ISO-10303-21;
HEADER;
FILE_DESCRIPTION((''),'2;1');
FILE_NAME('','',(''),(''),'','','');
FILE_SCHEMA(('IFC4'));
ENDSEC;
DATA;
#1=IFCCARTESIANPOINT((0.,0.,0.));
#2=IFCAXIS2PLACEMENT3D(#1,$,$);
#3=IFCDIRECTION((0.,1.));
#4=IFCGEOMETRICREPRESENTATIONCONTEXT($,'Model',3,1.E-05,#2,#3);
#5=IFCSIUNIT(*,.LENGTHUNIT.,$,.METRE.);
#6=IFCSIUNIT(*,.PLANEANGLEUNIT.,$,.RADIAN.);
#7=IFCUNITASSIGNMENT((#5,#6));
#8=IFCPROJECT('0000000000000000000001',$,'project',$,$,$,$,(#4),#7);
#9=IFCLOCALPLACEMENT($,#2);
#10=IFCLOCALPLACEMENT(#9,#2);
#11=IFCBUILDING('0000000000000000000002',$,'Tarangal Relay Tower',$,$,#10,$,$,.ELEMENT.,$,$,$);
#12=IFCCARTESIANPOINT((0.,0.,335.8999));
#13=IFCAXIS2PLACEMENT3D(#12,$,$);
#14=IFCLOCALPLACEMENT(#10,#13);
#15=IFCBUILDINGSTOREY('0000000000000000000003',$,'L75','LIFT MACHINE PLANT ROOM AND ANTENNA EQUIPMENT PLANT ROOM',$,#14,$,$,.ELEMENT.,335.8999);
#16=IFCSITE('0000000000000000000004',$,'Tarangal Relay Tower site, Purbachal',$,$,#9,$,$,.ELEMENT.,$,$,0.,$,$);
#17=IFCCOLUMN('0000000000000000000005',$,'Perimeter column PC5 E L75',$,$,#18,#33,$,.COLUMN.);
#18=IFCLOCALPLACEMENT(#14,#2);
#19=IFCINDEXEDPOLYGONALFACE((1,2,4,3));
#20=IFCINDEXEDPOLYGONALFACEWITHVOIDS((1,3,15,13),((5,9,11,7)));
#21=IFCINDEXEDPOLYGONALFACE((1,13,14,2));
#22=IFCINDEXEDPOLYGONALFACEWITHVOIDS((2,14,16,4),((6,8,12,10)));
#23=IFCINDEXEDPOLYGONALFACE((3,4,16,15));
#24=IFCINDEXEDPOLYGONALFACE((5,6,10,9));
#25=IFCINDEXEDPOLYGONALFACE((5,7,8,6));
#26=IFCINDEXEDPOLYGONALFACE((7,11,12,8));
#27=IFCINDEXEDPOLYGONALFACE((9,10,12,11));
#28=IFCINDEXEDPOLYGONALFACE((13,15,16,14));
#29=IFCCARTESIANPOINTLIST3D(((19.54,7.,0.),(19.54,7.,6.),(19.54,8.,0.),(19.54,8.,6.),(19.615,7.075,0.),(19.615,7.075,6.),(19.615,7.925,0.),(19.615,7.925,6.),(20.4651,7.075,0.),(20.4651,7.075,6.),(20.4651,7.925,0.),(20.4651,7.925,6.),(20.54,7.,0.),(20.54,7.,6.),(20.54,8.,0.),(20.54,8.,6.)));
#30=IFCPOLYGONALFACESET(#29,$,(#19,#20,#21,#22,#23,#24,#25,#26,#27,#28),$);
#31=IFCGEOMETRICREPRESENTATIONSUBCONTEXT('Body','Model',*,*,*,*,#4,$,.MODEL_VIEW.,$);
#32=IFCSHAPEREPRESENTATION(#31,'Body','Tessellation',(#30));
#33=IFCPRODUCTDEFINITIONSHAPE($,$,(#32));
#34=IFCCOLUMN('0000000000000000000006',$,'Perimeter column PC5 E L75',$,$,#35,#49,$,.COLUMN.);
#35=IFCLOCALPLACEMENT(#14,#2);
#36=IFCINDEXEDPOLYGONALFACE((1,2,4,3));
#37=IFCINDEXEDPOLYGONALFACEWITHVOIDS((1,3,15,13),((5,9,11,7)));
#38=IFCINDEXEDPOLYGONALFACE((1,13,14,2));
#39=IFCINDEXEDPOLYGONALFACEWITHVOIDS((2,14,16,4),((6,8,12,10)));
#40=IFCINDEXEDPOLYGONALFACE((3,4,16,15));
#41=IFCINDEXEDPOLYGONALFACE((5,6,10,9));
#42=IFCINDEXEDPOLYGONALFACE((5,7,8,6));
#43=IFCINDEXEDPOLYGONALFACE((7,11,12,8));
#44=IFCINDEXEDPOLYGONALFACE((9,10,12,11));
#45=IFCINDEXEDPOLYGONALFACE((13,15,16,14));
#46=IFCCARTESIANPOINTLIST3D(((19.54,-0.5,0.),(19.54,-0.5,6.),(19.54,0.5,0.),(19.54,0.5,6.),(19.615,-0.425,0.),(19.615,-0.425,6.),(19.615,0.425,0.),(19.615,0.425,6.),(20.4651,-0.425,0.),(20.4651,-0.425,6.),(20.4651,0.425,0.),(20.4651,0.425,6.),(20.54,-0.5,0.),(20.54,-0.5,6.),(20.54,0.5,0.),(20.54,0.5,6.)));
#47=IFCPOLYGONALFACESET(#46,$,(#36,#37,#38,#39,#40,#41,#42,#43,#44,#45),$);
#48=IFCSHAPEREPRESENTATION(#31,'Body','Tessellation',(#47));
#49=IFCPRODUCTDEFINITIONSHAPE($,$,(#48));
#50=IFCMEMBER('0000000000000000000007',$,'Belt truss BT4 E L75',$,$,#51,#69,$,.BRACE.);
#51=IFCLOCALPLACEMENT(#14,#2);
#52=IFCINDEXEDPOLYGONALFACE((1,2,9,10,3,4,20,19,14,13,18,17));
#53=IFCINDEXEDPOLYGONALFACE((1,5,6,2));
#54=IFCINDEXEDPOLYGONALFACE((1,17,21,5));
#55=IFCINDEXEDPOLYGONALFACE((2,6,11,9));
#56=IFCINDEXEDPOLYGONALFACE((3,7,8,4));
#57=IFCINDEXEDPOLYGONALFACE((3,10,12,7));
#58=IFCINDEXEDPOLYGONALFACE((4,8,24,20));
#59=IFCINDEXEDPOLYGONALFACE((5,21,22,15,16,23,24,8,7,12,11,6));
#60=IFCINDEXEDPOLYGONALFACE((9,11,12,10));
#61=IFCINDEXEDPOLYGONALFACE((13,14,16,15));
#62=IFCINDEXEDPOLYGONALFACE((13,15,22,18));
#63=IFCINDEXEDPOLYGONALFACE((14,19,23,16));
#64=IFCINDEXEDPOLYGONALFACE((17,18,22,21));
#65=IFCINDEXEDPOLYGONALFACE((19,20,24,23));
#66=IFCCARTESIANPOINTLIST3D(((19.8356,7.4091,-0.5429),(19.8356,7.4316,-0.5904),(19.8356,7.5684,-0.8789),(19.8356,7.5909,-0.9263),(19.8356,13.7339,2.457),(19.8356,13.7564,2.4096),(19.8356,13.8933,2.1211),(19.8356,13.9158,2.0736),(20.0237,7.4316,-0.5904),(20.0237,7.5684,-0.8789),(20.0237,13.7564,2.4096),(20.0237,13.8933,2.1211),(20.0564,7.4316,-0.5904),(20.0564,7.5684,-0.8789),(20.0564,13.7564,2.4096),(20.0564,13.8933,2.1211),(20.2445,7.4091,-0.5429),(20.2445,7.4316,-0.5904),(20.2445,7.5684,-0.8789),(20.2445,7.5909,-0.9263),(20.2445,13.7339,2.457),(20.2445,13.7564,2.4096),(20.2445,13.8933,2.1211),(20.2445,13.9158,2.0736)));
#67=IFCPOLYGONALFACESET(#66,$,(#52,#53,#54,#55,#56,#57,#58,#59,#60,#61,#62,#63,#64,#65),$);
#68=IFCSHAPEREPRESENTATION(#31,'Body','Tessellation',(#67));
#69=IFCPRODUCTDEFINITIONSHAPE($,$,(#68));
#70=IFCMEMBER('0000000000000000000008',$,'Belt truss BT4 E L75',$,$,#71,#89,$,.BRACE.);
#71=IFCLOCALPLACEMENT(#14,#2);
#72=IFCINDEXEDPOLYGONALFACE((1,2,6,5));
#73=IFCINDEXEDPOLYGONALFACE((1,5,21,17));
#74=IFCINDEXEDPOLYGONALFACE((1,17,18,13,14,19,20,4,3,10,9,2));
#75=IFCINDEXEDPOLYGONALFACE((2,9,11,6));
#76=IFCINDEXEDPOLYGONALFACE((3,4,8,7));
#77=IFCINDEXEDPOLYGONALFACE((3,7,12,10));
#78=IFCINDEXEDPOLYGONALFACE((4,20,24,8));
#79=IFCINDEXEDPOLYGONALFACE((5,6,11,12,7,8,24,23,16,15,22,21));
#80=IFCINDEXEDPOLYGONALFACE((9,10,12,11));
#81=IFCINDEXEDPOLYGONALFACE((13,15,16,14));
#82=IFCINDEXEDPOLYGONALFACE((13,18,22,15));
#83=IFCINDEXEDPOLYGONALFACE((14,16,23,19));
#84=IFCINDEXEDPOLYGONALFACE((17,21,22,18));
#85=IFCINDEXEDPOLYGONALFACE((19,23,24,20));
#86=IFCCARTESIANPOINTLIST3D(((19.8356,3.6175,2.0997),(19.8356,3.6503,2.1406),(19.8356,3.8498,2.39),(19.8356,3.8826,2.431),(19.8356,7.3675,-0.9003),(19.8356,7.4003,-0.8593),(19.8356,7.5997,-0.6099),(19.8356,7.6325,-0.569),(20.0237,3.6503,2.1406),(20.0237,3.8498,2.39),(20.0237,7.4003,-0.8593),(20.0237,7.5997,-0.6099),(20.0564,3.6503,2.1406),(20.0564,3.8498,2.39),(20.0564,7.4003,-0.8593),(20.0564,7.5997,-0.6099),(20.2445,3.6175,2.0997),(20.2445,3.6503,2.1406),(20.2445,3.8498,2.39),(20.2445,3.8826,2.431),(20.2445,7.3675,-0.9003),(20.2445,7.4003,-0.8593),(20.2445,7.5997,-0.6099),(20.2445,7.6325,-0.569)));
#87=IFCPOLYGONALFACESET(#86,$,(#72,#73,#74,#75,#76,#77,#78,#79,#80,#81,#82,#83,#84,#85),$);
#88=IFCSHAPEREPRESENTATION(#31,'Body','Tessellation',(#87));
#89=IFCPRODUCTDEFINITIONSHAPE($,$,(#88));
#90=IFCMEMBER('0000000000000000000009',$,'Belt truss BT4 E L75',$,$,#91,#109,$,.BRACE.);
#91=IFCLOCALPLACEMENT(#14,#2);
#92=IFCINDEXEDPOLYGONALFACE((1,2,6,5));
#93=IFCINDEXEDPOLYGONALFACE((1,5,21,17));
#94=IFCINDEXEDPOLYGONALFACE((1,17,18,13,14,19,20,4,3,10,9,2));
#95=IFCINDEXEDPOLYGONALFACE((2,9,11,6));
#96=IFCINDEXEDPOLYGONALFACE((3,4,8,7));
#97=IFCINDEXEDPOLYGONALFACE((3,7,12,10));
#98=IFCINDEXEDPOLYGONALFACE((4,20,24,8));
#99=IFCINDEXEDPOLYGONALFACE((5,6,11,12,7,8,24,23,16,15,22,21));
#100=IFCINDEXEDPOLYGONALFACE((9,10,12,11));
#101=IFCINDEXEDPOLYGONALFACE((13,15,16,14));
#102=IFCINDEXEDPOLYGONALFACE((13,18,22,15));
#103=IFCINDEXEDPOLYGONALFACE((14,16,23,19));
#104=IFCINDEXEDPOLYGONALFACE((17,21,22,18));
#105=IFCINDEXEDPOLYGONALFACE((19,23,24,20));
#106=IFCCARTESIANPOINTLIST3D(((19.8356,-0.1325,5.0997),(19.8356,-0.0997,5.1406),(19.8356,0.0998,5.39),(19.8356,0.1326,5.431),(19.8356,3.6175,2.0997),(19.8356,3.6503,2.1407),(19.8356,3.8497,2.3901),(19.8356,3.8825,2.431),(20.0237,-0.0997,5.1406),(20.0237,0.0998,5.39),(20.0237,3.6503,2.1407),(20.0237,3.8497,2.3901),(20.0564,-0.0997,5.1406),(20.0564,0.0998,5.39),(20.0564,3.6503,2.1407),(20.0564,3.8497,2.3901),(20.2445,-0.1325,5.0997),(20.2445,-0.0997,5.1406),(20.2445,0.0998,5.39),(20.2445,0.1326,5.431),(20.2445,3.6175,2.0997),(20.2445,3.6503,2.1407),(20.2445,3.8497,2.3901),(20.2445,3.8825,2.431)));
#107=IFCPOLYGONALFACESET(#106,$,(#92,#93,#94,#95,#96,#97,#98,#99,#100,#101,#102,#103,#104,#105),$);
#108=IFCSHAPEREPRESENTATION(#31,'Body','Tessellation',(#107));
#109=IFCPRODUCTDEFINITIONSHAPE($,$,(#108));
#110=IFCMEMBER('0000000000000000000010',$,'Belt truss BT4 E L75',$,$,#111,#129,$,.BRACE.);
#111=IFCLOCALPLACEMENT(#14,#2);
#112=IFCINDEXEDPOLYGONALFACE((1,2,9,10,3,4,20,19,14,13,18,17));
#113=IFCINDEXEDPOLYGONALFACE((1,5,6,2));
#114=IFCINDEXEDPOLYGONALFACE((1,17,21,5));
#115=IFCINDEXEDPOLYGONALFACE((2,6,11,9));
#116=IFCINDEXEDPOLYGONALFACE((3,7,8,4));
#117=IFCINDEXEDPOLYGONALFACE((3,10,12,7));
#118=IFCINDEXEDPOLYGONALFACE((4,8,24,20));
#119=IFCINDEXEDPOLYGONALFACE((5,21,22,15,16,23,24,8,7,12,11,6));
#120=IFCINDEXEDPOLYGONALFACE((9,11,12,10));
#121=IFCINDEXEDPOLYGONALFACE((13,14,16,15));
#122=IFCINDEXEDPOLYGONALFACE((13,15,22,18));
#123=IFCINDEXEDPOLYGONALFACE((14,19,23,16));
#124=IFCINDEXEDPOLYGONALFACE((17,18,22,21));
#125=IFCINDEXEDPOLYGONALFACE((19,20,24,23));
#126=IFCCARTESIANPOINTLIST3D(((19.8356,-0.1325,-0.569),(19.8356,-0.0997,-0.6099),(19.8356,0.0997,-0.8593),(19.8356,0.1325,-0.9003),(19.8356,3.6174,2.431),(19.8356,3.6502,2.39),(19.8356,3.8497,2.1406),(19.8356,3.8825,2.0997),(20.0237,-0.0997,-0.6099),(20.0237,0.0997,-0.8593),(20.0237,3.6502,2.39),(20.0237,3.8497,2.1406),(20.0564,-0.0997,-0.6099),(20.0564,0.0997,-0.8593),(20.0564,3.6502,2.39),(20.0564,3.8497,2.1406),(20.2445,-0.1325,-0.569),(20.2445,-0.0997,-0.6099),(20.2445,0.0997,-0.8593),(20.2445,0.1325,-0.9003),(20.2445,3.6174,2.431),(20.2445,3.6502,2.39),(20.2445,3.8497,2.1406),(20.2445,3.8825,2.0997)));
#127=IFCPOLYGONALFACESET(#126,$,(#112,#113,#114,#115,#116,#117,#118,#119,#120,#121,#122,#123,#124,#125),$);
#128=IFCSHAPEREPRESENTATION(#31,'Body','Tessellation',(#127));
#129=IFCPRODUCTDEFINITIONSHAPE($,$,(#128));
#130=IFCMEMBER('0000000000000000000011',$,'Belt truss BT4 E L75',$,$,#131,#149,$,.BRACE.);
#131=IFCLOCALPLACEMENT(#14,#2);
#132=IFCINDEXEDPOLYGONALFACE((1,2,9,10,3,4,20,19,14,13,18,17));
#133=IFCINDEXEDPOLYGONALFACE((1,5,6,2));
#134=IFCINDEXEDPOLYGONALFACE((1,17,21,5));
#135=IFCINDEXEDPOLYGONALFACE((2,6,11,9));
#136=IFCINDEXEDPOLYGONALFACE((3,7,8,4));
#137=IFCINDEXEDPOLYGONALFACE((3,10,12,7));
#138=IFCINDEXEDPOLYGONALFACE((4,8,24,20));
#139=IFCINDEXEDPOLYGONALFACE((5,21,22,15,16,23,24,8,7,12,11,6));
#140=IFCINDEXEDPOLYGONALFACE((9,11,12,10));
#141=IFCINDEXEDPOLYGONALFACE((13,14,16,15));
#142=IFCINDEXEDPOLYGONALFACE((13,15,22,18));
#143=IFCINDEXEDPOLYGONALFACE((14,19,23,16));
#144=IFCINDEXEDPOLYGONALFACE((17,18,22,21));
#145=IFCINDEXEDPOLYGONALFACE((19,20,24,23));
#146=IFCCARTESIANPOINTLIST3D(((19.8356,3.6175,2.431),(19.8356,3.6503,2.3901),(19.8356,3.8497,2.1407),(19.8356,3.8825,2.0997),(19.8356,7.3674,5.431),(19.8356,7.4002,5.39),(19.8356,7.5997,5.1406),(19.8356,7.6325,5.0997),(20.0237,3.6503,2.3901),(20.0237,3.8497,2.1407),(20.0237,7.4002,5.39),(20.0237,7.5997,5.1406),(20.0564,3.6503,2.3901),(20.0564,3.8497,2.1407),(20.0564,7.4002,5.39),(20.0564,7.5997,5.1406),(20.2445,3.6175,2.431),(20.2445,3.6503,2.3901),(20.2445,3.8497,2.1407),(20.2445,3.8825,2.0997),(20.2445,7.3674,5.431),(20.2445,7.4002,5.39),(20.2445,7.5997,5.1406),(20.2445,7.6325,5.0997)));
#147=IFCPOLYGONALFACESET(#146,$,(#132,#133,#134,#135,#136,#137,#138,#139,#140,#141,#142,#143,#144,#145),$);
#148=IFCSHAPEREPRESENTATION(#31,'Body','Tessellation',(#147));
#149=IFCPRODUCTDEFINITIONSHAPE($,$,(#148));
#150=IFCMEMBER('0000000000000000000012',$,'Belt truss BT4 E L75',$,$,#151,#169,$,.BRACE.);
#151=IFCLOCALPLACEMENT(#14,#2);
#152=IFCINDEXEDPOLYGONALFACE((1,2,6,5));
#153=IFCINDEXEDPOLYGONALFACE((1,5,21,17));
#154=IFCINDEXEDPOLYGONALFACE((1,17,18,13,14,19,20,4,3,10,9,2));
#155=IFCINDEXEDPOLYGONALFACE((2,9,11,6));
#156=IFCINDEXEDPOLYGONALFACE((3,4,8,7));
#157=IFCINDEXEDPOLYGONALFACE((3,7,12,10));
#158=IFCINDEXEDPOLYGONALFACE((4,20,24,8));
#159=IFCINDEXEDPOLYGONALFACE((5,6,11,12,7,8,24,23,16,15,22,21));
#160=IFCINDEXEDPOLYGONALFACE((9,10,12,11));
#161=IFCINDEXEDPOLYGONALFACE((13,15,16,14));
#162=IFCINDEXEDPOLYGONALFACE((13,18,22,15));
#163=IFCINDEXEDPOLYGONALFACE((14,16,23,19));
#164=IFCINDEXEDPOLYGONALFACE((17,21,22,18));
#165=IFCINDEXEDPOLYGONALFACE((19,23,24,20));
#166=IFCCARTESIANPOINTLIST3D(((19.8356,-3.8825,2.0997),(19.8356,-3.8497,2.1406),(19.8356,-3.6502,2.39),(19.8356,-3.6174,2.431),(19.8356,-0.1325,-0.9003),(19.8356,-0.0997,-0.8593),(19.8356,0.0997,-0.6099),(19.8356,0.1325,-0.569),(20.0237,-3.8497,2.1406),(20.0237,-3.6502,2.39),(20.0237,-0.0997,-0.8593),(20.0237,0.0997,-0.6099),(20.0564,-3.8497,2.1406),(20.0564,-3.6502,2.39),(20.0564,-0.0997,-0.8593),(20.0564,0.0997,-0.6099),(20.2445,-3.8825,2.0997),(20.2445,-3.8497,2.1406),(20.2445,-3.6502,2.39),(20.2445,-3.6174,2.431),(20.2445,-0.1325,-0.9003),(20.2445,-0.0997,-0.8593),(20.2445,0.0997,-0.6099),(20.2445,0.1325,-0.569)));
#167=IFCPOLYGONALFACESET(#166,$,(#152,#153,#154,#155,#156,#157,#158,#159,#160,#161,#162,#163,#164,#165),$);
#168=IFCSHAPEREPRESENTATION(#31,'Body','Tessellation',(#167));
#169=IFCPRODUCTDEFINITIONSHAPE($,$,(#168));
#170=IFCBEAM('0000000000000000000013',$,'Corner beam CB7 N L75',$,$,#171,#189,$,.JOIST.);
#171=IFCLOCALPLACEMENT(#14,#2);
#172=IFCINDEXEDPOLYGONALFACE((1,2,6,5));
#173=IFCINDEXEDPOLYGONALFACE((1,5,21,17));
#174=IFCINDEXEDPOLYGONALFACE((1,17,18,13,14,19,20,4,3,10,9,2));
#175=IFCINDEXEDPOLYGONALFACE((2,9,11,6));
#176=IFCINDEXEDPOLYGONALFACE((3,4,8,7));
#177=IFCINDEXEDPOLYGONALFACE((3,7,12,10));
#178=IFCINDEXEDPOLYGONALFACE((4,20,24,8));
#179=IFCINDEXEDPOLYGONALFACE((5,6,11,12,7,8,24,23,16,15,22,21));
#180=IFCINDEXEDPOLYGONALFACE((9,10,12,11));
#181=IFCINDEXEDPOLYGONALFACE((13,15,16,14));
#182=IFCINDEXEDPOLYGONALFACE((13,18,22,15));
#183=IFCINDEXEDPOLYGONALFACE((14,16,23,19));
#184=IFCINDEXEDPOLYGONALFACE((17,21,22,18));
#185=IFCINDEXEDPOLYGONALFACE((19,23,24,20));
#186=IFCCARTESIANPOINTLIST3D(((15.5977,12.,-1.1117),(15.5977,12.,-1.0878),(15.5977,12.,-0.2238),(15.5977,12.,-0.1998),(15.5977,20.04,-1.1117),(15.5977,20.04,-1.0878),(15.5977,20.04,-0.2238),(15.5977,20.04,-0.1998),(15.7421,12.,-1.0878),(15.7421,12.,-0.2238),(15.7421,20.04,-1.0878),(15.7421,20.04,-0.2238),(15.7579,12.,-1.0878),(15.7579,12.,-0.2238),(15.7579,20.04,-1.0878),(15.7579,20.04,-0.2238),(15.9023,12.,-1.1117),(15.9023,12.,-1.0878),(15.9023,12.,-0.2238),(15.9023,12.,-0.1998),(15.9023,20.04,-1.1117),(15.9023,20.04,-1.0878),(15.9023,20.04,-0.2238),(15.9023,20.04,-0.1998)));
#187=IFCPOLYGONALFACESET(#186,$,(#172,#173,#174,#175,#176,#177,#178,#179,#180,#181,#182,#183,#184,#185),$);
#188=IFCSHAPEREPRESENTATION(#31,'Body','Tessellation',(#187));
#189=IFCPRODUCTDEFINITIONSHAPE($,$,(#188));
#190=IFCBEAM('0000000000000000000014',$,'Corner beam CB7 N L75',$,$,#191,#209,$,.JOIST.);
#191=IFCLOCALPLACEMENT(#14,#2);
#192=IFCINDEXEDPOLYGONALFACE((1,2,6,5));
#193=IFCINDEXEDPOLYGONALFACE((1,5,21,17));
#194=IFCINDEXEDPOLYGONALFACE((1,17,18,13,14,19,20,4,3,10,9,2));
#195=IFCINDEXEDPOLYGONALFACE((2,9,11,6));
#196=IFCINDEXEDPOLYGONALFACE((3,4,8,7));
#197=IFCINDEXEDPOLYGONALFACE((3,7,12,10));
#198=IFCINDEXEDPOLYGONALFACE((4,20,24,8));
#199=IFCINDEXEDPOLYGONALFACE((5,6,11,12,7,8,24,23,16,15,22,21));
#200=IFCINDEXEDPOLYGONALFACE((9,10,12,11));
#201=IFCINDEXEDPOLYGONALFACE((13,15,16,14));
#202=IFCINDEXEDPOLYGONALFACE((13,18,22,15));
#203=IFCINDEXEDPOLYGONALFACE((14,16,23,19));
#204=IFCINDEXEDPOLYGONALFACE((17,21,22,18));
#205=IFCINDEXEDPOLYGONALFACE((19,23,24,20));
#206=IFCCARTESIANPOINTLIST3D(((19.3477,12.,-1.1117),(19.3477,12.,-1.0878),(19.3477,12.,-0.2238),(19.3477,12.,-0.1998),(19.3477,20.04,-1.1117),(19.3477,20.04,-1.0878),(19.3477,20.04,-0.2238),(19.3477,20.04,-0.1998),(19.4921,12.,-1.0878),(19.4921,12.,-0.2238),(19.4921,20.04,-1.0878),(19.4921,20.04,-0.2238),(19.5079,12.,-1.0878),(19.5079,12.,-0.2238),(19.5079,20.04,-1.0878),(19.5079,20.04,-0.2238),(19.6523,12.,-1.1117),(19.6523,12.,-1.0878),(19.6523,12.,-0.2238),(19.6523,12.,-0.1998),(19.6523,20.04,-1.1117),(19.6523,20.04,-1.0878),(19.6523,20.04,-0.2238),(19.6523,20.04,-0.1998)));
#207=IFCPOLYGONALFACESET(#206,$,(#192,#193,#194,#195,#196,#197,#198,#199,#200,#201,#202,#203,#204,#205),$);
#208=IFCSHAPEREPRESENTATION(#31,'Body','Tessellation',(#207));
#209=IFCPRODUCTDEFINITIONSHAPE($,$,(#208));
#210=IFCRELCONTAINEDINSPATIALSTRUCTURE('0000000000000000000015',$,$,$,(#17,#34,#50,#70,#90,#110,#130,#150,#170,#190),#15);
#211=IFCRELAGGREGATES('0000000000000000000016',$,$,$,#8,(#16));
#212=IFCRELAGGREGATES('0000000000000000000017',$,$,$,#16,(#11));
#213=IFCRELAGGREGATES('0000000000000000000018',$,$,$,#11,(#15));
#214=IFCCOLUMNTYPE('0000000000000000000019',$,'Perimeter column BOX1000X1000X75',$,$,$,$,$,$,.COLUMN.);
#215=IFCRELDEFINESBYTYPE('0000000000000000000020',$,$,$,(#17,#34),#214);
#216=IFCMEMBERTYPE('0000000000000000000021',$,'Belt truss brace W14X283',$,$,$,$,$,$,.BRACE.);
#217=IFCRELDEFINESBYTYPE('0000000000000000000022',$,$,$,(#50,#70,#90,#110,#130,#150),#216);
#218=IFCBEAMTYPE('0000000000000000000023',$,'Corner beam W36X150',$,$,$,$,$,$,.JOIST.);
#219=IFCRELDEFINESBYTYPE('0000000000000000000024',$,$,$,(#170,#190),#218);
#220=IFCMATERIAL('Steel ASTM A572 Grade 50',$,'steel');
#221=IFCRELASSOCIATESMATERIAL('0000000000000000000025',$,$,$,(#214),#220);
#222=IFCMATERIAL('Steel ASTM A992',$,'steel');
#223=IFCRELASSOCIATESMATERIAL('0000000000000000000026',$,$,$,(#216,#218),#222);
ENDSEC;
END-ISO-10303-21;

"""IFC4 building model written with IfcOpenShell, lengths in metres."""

from ifc_helpers import new_model, si_unit, direction, frame, origin, origin_2d, place, context, subcontext, project, spatial, hollow_rectangle, i_section, extrude, material, material_profile, profile_set, type_object, element, save


model = new_model("IFC4")

# Units and contexts
model_context = context("Model", 3, precision=1e-05, world=origin(), true_north=direction((0.0, 1.0)))
body_context = subcontext(model_context, "Body", "Model", "MODEL_VIEW")
ifc_project = project(units=[si_unit("LENGTHUNIT", "METRE"), si_unit("PLANEANGLEUNIT", "RADIAN")], contexts=[model_context])

# Site, building, storey
site_placement = place(None, origin())
site = spatial("IfcSite", under=ifc_project, at=site_placement, Name="Tarangal Relay Tower site, Purbachal", CompositionType="ELEMENT", RefElevation=0.0)
building_placement = place(site_placement, origin())
building = spatial("IfcBuilding", under=site, at=building_placement, Name="Tarangal Relay Tower", CompositionType="ELEMENT")
storey_placement = place(building_placement, frame((0.0, 0.0, 335.8999)))
storey = spatial("IfcBuildingStorey", under=building, at=storey_placement, Name="L75", Description="LIFT MACHINE PLANT ROOM AND ANTENNA EQUIPMENT PLANT ROOM", CompositionType="ELEMENT", Elevation=335.8999)

# Columns
ifc_material_1 = material(Name="Steel ASTM A572 Grade 50", Category="steel")
ifc_material_profile_1 = material_profile(ifc_material_1, hollow_rectangle(XDim=1.0, YDim=1.0, WallThickness=0.075, at=origin_2d()), Name="BOX1000X1000X75")
ifc_profile_set_1 = profile_set([ifc_material_profile_1], Name="Steel ASTM A572 Grade 50")
column_type = type_object("IfcColumnType", Name="Perimeter column BOX1000X1000X75", PredefinedType="COLUMN", material=ifc_profile_set_1)
for number, where, z_axis, x_axis, name in (
    (1, (20.04, 7.5, 0.0), (0.0, 0.0, 1.0), (1.0, 0.0, 0.0), "Perimeter column PC5 E L75"),
    (2, (20.04, 0.0, 0.0), (0.0, 0.0, 1.0), (1.0, 0.0, 0.0), "Perimeter column PC5 E L75"),
):
    element("IfcColumn", number, at=place(storey_placement, frame(where, z_axis=z_axis, x_axis=x_axis)), inside=storey, type_object=column_type, Name=name, PredefinedType="COLUMN", context=body_context, shape_type="SweptSolid", body=[
        extrude(hollow_rectangle(XDim=1.0, YDim=1.0, WallThickness=0.075, at=origin_2d()), origin(), (0.0, 0.0, 1.0), 6.0),
    ])

# Members
ifc_material_2 = material(Name="Steel ASTM A992", Category="steel")
ifc_material_profile_2 = material_profile(ifc_material_2, i_section(OverallWidth=0.4089, OverallDepth=0.4243, WebThickness=0.0327, FlangeThickness=0.0525, at=origin_2d()), Name="W14X283")
ifc_profile_set_2 = profile_set([ifc_material_profile_2], Name="Steel ASTM A992")
member_type_1 = type_object("IfcMemberType", Name="Belt truss brace W14X283", PredefinedType="BRACE", material=ifc_profile_set_2)
member_1_placement = place(storey_placement, frame((20.04, 7.5, -0.7346), z_axis=(0.0, 0.903518, 0.42855), x_axis=(-1.0, 0.0, 0.0)))
element("IfcMember", 3, at=member_1_placement, inside=storey, type_object=member_type_1, Name="Belt truss BT4 E L75", PredefinedType="BRACE", context=body_context, shape_type="SweptSolid", body=[
    extrude(i_section(OverallWidth=0.4089, OverallDepth=0.4243, WebThickness=0.0327, FlangeThickness=0.0525, at=origin_2d()), origin(), (0.0, 0.0, 1.0), 7.0002),
])
for number, where, z_axis, x_axis, name in (
    (4, (20.04, 7.5, -0.7346), (0.0, -0.780869, 0.624695), (1.0, 0.0, 0.0), "Belt truss BT4 E L75"),
    (5, (20.04, 3.75, 2.2654), (0.0, -0.780869, 0.624695), (1.0, 0.0, 0.0), "Belt truss BT4 E L75"),
    (6, (20.04, 0.0, -0.7346), (0.0, 0.780869, 0.624695), (-1.0, 0.0, 0.0), "Belt truss BT4 E L75"),
    (7, (20.04, 3.75, 2.2654), (0.0, 0.780869, 0.624695), (-1.0, 0.0, 0.0), "Belt truss BT4 E L75"),
    (8, (20.04, 0.0, -0.7346), (0.0, -0.780869, 0.624695), (1.0, 0.0, 0.0), "Belt truss BT4 E L75"),
):
    element("IfcMember", number, at=place(storey_placement, frame(where, z_axis=z_axis, x_axis=x_axis)), inside=storey, type_object=member_type_1, Name=name, PredefinedType="BRACE", context=body_context, shape_type="SweptSolid", body=[
        extrude(i_section(OverallWidth=0.4089, OverallDepth=0.4243, WebThickness=0.0327, FlangeThickness=0.0525, at=origin_2d()), origin(), (0.0, 0.0, 1.0), 4.8022),
    ])

# Beams
ifc_material_profile_3 = material_profile(ifc_material_2, i_section(OverallWidth=0.3047, OverallDepth=0.9119, WebThickness=0.0159, FlangeThickness=0.0239, at=origin_2d()), Name="W36X150")
ifc_profile_set_3 = profile_set([ifc_material_profile_3], Name="Steel ASTM A992")
beam_type_1 = type_object("IfcBeamType", Name="Corner beam W36X150", PredefinedType="JOIST", material=ifc_profile_set_3)
for number, where, z_axis, x_axis, name in (
    (9, (15.75, 12.0, -0.6558), (0.0, 1.0, 0.0), (-1.0, 0.0, 0.0), "Corner beam CB7 N L75"),
    (10, (19.5, 12.0, -0.6558), (0.0, 1.0, 0.0), (-1.0, 0.0, 0.0), "Corner beam CB7 N L75"),
):
    element("IfcBeam", number, at=place(storey_placement, frame(where, z_axis=z_axis, x_axis=x_axis)), inside=storey, type_object=beam_type_1, Name=name, PredefinedType="JOIST", context=body_context, shape_type="SweptSolid", body=[
        extrude(i_section(OverallWidth=0.3047, OverallDepth=0.9119, WebThickness=0.0159, FlangeThickness=0.0239, at=origin_2d()), origin(), (0.0, 0.0, 1.0), 8.04),
    ])

save(model, "model.ifc")
